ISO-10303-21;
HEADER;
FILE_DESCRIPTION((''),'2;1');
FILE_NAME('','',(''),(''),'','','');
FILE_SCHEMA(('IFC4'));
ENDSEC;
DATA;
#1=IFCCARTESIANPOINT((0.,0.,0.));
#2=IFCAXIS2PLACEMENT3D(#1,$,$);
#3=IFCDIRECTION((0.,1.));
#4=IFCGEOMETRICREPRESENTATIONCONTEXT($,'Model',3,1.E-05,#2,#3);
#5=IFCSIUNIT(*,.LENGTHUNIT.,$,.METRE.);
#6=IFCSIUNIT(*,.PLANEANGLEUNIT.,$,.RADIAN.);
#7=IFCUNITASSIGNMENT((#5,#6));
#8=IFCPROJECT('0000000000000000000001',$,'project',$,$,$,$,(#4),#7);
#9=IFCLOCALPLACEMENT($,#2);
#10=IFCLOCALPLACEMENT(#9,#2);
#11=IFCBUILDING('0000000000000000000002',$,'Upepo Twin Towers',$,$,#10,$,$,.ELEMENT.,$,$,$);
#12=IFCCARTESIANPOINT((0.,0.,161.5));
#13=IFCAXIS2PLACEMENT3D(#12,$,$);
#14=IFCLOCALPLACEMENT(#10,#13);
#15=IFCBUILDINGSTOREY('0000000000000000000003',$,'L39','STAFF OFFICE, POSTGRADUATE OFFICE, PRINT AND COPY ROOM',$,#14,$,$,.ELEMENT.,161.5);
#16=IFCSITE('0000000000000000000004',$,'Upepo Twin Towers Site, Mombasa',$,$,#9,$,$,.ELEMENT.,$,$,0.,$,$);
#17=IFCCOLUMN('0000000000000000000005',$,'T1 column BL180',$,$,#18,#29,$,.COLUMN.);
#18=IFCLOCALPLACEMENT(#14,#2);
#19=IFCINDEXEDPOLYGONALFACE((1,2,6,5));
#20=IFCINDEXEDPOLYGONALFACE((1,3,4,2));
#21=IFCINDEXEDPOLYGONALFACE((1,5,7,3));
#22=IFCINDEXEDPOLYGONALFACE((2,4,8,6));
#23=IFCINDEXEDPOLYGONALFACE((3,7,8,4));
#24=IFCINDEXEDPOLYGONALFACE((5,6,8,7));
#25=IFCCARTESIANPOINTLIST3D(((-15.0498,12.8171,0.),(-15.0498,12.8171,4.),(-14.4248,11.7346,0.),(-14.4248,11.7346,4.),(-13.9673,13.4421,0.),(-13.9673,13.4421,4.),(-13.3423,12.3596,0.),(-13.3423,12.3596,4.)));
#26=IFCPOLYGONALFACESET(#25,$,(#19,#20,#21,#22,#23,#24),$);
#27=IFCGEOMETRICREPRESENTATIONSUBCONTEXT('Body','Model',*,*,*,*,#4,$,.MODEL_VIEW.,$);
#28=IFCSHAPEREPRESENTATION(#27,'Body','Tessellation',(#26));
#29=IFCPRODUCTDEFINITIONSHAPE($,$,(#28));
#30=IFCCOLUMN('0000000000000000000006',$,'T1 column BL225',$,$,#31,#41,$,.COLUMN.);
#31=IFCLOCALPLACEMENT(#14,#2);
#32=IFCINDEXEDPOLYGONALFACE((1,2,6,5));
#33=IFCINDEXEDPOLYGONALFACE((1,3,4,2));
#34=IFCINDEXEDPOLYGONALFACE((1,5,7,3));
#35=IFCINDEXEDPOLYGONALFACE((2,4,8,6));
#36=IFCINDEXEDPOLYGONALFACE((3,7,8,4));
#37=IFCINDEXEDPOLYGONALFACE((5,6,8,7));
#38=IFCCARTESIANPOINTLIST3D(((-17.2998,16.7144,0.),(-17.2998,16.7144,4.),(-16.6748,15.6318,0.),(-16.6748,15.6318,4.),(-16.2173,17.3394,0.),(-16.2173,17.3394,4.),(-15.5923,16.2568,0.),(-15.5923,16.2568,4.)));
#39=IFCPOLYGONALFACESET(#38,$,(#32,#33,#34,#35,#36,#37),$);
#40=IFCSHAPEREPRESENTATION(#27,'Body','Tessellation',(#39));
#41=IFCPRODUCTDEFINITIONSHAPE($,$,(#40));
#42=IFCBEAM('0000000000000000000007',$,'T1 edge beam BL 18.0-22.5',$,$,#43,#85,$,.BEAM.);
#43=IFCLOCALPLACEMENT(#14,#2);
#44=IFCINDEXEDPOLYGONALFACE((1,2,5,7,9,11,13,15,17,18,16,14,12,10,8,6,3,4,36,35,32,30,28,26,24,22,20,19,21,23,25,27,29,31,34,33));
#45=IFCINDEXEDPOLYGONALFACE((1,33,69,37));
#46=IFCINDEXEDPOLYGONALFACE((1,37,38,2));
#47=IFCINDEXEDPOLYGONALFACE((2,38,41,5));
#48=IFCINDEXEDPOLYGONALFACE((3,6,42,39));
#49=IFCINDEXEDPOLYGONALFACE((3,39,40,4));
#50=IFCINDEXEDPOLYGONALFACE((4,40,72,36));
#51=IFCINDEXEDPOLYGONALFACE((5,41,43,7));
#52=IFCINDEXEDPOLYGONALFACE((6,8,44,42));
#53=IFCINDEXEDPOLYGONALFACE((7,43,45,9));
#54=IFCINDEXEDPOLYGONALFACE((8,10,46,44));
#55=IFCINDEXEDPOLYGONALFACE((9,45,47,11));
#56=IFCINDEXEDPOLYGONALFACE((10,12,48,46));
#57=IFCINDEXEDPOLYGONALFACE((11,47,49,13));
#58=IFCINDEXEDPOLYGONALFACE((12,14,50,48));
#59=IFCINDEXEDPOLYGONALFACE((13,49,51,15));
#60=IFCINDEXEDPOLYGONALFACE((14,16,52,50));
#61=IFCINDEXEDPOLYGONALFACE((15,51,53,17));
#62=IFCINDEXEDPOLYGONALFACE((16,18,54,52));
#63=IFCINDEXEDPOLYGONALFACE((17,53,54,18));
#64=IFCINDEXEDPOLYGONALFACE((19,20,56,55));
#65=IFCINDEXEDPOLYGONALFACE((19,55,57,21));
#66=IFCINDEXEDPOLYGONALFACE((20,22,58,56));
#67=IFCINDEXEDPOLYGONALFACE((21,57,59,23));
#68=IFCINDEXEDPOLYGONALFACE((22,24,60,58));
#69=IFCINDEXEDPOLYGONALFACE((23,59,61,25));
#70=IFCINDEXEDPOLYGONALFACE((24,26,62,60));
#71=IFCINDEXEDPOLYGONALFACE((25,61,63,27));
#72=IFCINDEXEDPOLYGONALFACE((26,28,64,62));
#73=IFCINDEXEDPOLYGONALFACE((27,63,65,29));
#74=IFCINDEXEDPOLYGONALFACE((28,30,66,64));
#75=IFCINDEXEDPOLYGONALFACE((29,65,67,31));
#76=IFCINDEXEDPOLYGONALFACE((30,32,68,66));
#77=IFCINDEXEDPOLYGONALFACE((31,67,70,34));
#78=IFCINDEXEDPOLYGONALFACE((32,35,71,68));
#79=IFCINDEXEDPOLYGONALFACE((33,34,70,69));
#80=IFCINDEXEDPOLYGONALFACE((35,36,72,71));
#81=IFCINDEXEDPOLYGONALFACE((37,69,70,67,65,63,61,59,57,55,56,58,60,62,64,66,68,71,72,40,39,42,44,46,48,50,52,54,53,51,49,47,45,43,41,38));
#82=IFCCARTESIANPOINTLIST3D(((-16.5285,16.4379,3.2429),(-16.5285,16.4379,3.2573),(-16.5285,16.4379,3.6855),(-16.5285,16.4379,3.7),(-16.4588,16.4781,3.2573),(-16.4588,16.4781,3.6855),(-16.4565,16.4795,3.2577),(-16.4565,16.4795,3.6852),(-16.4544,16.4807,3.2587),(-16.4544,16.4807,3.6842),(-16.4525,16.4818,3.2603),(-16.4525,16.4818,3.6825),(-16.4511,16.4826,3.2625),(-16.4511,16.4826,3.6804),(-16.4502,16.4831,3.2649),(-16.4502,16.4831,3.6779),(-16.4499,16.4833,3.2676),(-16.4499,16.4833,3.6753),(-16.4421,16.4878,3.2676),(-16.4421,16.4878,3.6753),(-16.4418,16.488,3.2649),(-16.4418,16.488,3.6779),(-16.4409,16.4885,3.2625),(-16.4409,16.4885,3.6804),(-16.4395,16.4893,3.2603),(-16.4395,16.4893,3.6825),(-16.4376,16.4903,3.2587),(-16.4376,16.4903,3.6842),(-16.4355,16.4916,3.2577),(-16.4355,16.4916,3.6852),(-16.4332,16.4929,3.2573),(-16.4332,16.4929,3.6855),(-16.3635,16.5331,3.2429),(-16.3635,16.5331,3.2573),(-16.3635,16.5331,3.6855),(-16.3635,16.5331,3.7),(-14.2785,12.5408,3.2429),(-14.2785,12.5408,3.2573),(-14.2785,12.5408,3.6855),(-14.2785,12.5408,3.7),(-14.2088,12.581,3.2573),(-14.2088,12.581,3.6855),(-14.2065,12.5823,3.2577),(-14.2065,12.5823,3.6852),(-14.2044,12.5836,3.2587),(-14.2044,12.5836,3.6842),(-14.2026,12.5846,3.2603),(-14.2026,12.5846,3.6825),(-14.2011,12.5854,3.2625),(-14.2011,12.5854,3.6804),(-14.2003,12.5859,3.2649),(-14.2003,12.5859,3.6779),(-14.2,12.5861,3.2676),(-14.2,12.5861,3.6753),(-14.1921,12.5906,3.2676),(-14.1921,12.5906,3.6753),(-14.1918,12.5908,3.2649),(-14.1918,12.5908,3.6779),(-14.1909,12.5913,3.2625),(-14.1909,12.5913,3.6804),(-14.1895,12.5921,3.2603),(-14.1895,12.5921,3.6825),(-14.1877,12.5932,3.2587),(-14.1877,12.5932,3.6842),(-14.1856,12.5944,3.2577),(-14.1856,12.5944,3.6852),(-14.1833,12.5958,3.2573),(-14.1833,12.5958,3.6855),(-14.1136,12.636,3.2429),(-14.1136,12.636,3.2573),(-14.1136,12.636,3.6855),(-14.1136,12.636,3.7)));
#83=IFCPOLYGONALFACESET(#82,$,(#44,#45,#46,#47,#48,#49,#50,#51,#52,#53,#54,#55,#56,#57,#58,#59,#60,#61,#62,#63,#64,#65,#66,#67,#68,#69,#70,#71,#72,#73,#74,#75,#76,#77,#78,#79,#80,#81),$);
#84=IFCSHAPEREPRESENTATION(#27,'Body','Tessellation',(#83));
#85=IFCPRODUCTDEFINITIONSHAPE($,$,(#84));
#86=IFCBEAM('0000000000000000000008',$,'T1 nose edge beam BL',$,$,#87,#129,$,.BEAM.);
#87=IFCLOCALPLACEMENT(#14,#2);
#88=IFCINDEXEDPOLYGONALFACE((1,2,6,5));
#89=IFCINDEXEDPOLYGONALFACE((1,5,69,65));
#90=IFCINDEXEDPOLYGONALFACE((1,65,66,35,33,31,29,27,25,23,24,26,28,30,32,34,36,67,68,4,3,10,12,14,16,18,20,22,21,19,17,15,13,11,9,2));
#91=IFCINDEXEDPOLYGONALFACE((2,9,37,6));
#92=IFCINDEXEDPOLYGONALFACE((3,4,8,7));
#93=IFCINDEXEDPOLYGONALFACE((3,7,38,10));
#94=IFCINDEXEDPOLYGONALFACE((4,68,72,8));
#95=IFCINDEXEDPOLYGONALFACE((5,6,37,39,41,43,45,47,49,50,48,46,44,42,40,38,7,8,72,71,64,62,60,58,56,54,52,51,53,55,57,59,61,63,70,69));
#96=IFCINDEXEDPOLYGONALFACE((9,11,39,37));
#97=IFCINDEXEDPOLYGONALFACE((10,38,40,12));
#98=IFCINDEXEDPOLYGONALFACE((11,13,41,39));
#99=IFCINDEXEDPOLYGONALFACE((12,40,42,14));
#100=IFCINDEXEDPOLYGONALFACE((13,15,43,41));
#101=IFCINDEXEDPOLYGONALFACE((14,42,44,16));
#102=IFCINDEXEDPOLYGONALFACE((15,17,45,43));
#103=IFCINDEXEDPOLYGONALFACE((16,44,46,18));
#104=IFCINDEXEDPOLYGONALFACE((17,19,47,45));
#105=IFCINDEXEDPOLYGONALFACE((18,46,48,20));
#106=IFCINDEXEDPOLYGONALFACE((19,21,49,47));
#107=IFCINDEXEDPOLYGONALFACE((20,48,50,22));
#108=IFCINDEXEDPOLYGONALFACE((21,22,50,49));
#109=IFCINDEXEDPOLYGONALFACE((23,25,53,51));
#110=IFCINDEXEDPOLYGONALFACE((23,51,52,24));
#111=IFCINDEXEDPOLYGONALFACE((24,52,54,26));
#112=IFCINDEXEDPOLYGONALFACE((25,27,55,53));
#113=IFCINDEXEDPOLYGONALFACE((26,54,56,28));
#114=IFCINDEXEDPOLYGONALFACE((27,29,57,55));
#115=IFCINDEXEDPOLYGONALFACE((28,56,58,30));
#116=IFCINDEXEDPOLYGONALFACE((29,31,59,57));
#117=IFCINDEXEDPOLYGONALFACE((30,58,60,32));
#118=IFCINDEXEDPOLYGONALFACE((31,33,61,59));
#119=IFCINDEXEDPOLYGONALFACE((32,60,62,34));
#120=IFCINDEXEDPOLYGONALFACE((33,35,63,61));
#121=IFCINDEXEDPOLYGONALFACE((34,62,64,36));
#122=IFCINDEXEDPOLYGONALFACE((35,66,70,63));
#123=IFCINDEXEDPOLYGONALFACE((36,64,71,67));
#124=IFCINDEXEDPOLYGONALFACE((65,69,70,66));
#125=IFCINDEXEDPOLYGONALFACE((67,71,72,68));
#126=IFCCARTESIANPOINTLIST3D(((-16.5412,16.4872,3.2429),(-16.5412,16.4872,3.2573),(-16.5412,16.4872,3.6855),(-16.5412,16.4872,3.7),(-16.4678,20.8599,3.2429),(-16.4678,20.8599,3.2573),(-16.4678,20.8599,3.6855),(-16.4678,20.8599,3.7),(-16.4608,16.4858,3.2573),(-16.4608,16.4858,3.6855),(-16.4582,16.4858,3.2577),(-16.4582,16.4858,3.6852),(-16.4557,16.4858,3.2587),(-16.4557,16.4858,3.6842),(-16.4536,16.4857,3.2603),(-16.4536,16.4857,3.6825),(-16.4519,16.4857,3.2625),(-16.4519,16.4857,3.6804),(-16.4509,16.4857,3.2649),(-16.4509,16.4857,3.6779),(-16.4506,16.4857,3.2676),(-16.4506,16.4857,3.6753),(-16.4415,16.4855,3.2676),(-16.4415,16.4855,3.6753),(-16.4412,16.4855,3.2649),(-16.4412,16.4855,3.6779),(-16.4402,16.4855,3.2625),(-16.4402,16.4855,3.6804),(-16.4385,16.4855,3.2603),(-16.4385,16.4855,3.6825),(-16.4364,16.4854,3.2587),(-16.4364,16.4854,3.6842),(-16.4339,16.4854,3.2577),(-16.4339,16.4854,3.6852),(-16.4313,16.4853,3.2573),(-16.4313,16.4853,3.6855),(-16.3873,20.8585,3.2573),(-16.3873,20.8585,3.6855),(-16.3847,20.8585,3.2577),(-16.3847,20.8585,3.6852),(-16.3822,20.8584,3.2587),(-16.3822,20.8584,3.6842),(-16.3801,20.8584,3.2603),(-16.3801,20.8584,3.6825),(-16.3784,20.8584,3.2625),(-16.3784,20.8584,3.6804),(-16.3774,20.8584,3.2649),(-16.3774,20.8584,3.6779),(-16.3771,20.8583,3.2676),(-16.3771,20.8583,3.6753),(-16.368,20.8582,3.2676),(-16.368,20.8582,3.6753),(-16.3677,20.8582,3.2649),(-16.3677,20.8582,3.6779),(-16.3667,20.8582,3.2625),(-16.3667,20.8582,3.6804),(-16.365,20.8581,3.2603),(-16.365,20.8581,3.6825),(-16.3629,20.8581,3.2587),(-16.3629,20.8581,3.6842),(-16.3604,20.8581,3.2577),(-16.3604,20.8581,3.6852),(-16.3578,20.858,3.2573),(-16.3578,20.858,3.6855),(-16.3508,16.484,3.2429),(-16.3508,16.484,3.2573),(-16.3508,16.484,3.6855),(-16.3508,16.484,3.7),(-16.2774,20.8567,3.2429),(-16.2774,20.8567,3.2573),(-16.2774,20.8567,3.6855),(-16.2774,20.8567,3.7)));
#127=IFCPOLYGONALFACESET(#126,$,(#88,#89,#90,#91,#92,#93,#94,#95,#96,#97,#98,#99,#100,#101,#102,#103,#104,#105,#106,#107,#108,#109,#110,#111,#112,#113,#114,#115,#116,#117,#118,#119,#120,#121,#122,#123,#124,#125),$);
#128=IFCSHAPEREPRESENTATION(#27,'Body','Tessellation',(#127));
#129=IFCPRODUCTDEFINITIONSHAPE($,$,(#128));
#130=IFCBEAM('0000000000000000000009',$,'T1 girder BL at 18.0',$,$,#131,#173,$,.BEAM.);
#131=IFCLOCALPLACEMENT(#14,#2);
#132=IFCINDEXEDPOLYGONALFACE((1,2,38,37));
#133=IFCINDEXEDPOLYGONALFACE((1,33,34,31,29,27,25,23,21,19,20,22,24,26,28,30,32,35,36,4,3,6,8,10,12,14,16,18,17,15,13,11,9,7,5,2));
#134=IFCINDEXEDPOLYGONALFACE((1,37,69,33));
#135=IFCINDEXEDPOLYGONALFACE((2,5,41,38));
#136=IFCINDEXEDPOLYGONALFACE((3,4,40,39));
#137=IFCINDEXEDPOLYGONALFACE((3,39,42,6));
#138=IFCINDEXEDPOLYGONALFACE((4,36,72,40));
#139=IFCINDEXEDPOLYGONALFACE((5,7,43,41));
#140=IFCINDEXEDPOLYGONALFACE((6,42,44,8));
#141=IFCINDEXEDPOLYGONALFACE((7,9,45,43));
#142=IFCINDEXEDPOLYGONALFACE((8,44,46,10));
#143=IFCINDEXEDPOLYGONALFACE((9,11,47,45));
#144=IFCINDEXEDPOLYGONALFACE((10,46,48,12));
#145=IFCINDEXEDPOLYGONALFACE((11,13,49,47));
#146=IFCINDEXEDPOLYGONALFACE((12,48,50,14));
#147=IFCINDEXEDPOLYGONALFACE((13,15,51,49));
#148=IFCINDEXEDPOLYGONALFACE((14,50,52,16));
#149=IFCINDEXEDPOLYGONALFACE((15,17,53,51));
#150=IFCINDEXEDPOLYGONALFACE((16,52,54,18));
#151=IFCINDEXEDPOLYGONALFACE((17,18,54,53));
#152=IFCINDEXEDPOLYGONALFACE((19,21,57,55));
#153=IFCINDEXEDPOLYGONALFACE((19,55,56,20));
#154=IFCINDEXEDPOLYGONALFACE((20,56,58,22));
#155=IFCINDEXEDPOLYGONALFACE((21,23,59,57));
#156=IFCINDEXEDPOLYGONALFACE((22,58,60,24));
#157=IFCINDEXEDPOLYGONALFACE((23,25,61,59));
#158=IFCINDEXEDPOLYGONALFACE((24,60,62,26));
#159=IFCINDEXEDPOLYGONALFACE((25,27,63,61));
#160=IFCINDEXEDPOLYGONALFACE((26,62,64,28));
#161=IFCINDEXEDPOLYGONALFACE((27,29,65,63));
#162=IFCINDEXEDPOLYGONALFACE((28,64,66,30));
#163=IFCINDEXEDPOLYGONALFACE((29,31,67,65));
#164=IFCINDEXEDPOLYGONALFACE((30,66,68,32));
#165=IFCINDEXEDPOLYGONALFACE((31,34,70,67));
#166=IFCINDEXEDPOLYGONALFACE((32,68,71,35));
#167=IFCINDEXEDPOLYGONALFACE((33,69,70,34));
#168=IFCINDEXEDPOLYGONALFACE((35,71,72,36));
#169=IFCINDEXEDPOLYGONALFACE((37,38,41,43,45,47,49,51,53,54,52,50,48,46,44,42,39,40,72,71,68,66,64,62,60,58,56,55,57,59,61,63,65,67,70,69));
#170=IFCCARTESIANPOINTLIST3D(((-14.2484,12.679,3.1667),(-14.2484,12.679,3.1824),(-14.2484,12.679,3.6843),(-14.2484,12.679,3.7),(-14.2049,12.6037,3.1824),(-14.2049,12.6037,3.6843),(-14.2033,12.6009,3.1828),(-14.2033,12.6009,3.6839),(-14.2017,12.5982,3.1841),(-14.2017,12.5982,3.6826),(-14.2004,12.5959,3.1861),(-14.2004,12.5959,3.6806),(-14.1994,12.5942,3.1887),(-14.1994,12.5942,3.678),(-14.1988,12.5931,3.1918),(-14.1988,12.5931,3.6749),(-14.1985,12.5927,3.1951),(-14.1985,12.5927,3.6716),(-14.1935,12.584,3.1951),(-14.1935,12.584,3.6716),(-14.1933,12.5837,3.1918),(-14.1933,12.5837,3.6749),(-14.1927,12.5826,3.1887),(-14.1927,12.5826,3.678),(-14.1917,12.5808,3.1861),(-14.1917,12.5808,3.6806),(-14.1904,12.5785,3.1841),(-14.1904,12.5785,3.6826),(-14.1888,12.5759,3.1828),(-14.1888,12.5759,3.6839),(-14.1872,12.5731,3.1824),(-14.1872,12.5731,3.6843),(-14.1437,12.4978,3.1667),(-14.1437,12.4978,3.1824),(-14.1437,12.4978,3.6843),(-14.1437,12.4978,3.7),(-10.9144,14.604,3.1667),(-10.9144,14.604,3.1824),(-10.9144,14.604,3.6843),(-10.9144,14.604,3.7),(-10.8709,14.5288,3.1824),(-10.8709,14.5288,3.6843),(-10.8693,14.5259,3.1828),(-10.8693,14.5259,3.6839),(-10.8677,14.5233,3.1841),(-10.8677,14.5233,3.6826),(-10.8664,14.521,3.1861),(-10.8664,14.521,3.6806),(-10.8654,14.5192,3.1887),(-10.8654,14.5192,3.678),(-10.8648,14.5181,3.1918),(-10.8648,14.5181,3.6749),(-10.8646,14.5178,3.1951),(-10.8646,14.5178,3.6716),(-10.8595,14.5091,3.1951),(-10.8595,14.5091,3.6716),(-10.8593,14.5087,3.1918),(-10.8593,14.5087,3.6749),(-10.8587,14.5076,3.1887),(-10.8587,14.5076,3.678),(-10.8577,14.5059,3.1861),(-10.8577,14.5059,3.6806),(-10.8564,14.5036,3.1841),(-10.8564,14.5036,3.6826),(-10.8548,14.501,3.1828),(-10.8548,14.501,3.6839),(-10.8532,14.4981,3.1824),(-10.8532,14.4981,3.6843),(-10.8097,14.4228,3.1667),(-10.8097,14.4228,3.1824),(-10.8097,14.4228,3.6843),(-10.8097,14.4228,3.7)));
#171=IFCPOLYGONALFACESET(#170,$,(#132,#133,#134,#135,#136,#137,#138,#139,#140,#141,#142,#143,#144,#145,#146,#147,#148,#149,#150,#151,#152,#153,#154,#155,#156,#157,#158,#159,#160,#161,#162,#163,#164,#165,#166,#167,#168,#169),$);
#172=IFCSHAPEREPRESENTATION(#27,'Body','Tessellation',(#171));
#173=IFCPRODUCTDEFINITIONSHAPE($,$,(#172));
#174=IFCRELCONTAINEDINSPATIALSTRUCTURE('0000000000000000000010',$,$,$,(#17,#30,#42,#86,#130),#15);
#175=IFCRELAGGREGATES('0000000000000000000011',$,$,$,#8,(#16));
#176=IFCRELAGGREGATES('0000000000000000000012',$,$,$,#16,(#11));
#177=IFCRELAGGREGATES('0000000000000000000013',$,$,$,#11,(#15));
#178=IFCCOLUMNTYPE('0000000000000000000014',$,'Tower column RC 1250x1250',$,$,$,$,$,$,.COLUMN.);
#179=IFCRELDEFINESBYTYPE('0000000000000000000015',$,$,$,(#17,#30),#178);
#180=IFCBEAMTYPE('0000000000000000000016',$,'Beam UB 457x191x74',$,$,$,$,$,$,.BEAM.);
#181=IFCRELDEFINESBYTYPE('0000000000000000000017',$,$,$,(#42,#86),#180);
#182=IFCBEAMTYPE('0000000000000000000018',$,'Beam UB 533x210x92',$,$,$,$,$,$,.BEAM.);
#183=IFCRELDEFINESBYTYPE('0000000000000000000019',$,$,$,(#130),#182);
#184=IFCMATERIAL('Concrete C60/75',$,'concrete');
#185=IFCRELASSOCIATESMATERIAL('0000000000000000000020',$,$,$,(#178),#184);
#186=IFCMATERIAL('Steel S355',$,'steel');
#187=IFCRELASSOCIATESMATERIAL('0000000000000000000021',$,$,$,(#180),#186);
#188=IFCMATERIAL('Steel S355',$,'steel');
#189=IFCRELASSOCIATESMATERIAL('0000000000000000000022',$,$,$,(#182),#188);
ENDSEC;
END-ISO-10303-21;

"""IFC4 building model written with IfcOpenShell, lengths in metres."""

from ifc_helpers import new_model, si_unit, direction, frame, origin, origin_2d, place, context, subcontext, project, spatial, rectangle, i_section, extrude, material, material_profile, profile_set, type_object, element, save


model = new_model("IFC4")

# Units and contexts
model_context = context("Model", 3, precision=1e-05, world=origin(), true_north=direction((0.0, 1.0)))
body_context = subcontext(model_context, "Body", "Model", "MODEL_VIEW")
ifc_project = project(units=[si_unit("LENGTHUNIT", "METRE"), si_unit("PLANEANGLEUNIT", "RADIAN")], contexts=[model_context])

# Site, building, storey
site_placement = place(None, origin())
site = spatial("IfcSite", under=ifc_project, at=site_placement, Name="Upepo Twin Towers Site, Mombasa", CompositionType="ELEMENT", RefElevation=0.0)
building_placement = place(site_placement, origin())
building = spatial("IfcBuilding", under=site, at=building_placement, Name="Upepo Twin Towers", CompositionType="ELEMENT")
storey_placement = place(building_placement, frame((0.0, 0.0, 161.5)))
storey = spatial("IfcBuildingStorey", under=building, at=storey_placement, Name="L39", Description="STAFF OFFICE, POSTGRADUATE OFFICE, PRINT AND COPY ROOM", CompositionType="ELEMENT", Elevation=161.5)

# Columns
ifc_material_1 = material(Name="Concrete C60/75", Category="concrete")
ifc_material_profile_1 = material_profile(ifc_material_1, rectangle(XDim=1.25, YDim=1.25, at=origin_2d()), Name="RC 1250x1250")
ifc_profile_set_1 = profile_set([ifc_material_profile_1], Name="Concrete C60/75")
column_type = type_object("IfcColumnType", Name="Tower column RC 1250x1250", PredefinedType="COLUMN", material=ifc_profile_set_1)
for number, where, z_axis, x_axis, name in (
    (1, (-14.196, 12.5884, 0.0), (0.0, 0.0, 1.0), (0.866025, 0.5, 0.0), "T1 column BL180"),
    (2, (-16.446, 16.4856, 0.0), (0.0, 0.0, 1.0), (0.866025, 0.5, 0.0), "T1 column BL225"),
):
    element("IfcColumn", number, at=place(storey_placement, frame(where, z_axis=z_axis, x_axis=x_axis)), inside=storey, type_object=column_type, Name=name, PredefinedType="COLUMN", context=body_context, shape_type="SweptSolid", body=[
        extrude(rectangle(XDim=1.25, YDim=1.25, at=origin_2d()), origin(), (0.0, 0.0, 1.0), 4.0),
    ])

# Beams
ifc_material_2 = material(Name="Steel S355", Category="steel")
ifc_material_profile_2 = material_profile(ifc_material_2, i_section(OverallWidth=0.1904, OverallDepth=0.457, WebThickness=0.009, FlangeThickness=0.0144, FilletRadius=0.0103, at=origin_2d()), Name="UB 457x191x74")
ifc_profile_set_2 = profile_set([ifc_material_profile_2], Name="Steel S355")
beam_type_1 = type_object("IfcBeamType", Name="Beam UB 457x191x74", PredefinedType="BEAM", material=ifc_profile_set_2)
beam_1_placement = place(storey_placement, frame((-14.196, 12.5884, 3.4714), z_axis=(-0.49999, 0.866031, 0.0), x_axis=(-0.866031, -0.49999, 0.0)))
element("IfcBeam", 3, at=beam_1_placement, inside=storey, type_object=beam_type_1, Name="T1 edge beam BL 18.0-22.5", PredefinedType="BEAM", context=body_context, shape_type="SweptSolid", body=[
    extrude(i_section(OverallWidth=0.1904, OverallDepth=0.457, WebThickness=0.009, FlangeThickness=0.0144, FilletRadius=0.0103, at=origin_2d()), origin(), (0.0, 0.0, 1.0), 4.5),
])
beam_2_placement = place(storey_placement, frame((-16.446, 16.4856, 3.4714), z_axis=(0.016804, 0.999859, 0.0), x_axis=(-0.999859, 0.016804, 0.0)))
element("IfcBeam", 4, at=beam_2_placement, inside=storey, type_object=beam_type_1, Name="T1 nose edge beam BL", PredefinedType="BEAM", context=body_context, shape_type="SweptSolid", body=[
    extrude(i_section(OverallWidth=0.1904, OverallDepth=0.457, WebThickness=0.009, FlangeThickness=0.0144, FilletRadius=0.0103, at=origin_2d()), origin(), (0.0, 0.0, 1.0), 4.3733),
])
ifc_material_3 = material(Name="Steel S355", Category="steel")
ifc_material_profile_3 = material_profile(ifc_material_3, i_section(OverallWidth=0.2092, OverallDepth=0.5332, WebThickness=0.01, FlangeThickness=0.0156, FilletRadius=0.0127, at=origin_2d()), Name="UB 533x210x92")
ifc_profile_set_3 = profile_set([ifc_material_profile_3], Name="Steel S355")
beam_type_2 = type_object("IfcBeamType", Name="Beam UB 533x210x92", PredefinedType="BEAM", material=ifc_profile_set_3)
for number, where, z_axis, x_axis, name in (
    (5, (-14.196, 12.5884, 3.4333), (0.866006, 0.500034, 0.0), (-0.500034, 0.866006, 0.0), "T1 girder BL at 18.0"),
):
    element("IfcBeam", number, at=place(storey_placement, frame(where, z_axis=z_axis, x_axis=x_axis)), inside=storey, type_object=beam_type_2, Name=name, PredefinedType="BEAM", context=body_context, shape_type="SweptSolid", body=[
        extrude(i_section(OverallWidth=0.2092, OverallDepth=0.5332, WebThickness=0.01, FlangeThickness=0.0156, FilletRadius=0.0127, at=origin_2d()), origin(), (0.0, 0.0, 1.0), 3.8499),
    ])

save(model, "model.ifc")
